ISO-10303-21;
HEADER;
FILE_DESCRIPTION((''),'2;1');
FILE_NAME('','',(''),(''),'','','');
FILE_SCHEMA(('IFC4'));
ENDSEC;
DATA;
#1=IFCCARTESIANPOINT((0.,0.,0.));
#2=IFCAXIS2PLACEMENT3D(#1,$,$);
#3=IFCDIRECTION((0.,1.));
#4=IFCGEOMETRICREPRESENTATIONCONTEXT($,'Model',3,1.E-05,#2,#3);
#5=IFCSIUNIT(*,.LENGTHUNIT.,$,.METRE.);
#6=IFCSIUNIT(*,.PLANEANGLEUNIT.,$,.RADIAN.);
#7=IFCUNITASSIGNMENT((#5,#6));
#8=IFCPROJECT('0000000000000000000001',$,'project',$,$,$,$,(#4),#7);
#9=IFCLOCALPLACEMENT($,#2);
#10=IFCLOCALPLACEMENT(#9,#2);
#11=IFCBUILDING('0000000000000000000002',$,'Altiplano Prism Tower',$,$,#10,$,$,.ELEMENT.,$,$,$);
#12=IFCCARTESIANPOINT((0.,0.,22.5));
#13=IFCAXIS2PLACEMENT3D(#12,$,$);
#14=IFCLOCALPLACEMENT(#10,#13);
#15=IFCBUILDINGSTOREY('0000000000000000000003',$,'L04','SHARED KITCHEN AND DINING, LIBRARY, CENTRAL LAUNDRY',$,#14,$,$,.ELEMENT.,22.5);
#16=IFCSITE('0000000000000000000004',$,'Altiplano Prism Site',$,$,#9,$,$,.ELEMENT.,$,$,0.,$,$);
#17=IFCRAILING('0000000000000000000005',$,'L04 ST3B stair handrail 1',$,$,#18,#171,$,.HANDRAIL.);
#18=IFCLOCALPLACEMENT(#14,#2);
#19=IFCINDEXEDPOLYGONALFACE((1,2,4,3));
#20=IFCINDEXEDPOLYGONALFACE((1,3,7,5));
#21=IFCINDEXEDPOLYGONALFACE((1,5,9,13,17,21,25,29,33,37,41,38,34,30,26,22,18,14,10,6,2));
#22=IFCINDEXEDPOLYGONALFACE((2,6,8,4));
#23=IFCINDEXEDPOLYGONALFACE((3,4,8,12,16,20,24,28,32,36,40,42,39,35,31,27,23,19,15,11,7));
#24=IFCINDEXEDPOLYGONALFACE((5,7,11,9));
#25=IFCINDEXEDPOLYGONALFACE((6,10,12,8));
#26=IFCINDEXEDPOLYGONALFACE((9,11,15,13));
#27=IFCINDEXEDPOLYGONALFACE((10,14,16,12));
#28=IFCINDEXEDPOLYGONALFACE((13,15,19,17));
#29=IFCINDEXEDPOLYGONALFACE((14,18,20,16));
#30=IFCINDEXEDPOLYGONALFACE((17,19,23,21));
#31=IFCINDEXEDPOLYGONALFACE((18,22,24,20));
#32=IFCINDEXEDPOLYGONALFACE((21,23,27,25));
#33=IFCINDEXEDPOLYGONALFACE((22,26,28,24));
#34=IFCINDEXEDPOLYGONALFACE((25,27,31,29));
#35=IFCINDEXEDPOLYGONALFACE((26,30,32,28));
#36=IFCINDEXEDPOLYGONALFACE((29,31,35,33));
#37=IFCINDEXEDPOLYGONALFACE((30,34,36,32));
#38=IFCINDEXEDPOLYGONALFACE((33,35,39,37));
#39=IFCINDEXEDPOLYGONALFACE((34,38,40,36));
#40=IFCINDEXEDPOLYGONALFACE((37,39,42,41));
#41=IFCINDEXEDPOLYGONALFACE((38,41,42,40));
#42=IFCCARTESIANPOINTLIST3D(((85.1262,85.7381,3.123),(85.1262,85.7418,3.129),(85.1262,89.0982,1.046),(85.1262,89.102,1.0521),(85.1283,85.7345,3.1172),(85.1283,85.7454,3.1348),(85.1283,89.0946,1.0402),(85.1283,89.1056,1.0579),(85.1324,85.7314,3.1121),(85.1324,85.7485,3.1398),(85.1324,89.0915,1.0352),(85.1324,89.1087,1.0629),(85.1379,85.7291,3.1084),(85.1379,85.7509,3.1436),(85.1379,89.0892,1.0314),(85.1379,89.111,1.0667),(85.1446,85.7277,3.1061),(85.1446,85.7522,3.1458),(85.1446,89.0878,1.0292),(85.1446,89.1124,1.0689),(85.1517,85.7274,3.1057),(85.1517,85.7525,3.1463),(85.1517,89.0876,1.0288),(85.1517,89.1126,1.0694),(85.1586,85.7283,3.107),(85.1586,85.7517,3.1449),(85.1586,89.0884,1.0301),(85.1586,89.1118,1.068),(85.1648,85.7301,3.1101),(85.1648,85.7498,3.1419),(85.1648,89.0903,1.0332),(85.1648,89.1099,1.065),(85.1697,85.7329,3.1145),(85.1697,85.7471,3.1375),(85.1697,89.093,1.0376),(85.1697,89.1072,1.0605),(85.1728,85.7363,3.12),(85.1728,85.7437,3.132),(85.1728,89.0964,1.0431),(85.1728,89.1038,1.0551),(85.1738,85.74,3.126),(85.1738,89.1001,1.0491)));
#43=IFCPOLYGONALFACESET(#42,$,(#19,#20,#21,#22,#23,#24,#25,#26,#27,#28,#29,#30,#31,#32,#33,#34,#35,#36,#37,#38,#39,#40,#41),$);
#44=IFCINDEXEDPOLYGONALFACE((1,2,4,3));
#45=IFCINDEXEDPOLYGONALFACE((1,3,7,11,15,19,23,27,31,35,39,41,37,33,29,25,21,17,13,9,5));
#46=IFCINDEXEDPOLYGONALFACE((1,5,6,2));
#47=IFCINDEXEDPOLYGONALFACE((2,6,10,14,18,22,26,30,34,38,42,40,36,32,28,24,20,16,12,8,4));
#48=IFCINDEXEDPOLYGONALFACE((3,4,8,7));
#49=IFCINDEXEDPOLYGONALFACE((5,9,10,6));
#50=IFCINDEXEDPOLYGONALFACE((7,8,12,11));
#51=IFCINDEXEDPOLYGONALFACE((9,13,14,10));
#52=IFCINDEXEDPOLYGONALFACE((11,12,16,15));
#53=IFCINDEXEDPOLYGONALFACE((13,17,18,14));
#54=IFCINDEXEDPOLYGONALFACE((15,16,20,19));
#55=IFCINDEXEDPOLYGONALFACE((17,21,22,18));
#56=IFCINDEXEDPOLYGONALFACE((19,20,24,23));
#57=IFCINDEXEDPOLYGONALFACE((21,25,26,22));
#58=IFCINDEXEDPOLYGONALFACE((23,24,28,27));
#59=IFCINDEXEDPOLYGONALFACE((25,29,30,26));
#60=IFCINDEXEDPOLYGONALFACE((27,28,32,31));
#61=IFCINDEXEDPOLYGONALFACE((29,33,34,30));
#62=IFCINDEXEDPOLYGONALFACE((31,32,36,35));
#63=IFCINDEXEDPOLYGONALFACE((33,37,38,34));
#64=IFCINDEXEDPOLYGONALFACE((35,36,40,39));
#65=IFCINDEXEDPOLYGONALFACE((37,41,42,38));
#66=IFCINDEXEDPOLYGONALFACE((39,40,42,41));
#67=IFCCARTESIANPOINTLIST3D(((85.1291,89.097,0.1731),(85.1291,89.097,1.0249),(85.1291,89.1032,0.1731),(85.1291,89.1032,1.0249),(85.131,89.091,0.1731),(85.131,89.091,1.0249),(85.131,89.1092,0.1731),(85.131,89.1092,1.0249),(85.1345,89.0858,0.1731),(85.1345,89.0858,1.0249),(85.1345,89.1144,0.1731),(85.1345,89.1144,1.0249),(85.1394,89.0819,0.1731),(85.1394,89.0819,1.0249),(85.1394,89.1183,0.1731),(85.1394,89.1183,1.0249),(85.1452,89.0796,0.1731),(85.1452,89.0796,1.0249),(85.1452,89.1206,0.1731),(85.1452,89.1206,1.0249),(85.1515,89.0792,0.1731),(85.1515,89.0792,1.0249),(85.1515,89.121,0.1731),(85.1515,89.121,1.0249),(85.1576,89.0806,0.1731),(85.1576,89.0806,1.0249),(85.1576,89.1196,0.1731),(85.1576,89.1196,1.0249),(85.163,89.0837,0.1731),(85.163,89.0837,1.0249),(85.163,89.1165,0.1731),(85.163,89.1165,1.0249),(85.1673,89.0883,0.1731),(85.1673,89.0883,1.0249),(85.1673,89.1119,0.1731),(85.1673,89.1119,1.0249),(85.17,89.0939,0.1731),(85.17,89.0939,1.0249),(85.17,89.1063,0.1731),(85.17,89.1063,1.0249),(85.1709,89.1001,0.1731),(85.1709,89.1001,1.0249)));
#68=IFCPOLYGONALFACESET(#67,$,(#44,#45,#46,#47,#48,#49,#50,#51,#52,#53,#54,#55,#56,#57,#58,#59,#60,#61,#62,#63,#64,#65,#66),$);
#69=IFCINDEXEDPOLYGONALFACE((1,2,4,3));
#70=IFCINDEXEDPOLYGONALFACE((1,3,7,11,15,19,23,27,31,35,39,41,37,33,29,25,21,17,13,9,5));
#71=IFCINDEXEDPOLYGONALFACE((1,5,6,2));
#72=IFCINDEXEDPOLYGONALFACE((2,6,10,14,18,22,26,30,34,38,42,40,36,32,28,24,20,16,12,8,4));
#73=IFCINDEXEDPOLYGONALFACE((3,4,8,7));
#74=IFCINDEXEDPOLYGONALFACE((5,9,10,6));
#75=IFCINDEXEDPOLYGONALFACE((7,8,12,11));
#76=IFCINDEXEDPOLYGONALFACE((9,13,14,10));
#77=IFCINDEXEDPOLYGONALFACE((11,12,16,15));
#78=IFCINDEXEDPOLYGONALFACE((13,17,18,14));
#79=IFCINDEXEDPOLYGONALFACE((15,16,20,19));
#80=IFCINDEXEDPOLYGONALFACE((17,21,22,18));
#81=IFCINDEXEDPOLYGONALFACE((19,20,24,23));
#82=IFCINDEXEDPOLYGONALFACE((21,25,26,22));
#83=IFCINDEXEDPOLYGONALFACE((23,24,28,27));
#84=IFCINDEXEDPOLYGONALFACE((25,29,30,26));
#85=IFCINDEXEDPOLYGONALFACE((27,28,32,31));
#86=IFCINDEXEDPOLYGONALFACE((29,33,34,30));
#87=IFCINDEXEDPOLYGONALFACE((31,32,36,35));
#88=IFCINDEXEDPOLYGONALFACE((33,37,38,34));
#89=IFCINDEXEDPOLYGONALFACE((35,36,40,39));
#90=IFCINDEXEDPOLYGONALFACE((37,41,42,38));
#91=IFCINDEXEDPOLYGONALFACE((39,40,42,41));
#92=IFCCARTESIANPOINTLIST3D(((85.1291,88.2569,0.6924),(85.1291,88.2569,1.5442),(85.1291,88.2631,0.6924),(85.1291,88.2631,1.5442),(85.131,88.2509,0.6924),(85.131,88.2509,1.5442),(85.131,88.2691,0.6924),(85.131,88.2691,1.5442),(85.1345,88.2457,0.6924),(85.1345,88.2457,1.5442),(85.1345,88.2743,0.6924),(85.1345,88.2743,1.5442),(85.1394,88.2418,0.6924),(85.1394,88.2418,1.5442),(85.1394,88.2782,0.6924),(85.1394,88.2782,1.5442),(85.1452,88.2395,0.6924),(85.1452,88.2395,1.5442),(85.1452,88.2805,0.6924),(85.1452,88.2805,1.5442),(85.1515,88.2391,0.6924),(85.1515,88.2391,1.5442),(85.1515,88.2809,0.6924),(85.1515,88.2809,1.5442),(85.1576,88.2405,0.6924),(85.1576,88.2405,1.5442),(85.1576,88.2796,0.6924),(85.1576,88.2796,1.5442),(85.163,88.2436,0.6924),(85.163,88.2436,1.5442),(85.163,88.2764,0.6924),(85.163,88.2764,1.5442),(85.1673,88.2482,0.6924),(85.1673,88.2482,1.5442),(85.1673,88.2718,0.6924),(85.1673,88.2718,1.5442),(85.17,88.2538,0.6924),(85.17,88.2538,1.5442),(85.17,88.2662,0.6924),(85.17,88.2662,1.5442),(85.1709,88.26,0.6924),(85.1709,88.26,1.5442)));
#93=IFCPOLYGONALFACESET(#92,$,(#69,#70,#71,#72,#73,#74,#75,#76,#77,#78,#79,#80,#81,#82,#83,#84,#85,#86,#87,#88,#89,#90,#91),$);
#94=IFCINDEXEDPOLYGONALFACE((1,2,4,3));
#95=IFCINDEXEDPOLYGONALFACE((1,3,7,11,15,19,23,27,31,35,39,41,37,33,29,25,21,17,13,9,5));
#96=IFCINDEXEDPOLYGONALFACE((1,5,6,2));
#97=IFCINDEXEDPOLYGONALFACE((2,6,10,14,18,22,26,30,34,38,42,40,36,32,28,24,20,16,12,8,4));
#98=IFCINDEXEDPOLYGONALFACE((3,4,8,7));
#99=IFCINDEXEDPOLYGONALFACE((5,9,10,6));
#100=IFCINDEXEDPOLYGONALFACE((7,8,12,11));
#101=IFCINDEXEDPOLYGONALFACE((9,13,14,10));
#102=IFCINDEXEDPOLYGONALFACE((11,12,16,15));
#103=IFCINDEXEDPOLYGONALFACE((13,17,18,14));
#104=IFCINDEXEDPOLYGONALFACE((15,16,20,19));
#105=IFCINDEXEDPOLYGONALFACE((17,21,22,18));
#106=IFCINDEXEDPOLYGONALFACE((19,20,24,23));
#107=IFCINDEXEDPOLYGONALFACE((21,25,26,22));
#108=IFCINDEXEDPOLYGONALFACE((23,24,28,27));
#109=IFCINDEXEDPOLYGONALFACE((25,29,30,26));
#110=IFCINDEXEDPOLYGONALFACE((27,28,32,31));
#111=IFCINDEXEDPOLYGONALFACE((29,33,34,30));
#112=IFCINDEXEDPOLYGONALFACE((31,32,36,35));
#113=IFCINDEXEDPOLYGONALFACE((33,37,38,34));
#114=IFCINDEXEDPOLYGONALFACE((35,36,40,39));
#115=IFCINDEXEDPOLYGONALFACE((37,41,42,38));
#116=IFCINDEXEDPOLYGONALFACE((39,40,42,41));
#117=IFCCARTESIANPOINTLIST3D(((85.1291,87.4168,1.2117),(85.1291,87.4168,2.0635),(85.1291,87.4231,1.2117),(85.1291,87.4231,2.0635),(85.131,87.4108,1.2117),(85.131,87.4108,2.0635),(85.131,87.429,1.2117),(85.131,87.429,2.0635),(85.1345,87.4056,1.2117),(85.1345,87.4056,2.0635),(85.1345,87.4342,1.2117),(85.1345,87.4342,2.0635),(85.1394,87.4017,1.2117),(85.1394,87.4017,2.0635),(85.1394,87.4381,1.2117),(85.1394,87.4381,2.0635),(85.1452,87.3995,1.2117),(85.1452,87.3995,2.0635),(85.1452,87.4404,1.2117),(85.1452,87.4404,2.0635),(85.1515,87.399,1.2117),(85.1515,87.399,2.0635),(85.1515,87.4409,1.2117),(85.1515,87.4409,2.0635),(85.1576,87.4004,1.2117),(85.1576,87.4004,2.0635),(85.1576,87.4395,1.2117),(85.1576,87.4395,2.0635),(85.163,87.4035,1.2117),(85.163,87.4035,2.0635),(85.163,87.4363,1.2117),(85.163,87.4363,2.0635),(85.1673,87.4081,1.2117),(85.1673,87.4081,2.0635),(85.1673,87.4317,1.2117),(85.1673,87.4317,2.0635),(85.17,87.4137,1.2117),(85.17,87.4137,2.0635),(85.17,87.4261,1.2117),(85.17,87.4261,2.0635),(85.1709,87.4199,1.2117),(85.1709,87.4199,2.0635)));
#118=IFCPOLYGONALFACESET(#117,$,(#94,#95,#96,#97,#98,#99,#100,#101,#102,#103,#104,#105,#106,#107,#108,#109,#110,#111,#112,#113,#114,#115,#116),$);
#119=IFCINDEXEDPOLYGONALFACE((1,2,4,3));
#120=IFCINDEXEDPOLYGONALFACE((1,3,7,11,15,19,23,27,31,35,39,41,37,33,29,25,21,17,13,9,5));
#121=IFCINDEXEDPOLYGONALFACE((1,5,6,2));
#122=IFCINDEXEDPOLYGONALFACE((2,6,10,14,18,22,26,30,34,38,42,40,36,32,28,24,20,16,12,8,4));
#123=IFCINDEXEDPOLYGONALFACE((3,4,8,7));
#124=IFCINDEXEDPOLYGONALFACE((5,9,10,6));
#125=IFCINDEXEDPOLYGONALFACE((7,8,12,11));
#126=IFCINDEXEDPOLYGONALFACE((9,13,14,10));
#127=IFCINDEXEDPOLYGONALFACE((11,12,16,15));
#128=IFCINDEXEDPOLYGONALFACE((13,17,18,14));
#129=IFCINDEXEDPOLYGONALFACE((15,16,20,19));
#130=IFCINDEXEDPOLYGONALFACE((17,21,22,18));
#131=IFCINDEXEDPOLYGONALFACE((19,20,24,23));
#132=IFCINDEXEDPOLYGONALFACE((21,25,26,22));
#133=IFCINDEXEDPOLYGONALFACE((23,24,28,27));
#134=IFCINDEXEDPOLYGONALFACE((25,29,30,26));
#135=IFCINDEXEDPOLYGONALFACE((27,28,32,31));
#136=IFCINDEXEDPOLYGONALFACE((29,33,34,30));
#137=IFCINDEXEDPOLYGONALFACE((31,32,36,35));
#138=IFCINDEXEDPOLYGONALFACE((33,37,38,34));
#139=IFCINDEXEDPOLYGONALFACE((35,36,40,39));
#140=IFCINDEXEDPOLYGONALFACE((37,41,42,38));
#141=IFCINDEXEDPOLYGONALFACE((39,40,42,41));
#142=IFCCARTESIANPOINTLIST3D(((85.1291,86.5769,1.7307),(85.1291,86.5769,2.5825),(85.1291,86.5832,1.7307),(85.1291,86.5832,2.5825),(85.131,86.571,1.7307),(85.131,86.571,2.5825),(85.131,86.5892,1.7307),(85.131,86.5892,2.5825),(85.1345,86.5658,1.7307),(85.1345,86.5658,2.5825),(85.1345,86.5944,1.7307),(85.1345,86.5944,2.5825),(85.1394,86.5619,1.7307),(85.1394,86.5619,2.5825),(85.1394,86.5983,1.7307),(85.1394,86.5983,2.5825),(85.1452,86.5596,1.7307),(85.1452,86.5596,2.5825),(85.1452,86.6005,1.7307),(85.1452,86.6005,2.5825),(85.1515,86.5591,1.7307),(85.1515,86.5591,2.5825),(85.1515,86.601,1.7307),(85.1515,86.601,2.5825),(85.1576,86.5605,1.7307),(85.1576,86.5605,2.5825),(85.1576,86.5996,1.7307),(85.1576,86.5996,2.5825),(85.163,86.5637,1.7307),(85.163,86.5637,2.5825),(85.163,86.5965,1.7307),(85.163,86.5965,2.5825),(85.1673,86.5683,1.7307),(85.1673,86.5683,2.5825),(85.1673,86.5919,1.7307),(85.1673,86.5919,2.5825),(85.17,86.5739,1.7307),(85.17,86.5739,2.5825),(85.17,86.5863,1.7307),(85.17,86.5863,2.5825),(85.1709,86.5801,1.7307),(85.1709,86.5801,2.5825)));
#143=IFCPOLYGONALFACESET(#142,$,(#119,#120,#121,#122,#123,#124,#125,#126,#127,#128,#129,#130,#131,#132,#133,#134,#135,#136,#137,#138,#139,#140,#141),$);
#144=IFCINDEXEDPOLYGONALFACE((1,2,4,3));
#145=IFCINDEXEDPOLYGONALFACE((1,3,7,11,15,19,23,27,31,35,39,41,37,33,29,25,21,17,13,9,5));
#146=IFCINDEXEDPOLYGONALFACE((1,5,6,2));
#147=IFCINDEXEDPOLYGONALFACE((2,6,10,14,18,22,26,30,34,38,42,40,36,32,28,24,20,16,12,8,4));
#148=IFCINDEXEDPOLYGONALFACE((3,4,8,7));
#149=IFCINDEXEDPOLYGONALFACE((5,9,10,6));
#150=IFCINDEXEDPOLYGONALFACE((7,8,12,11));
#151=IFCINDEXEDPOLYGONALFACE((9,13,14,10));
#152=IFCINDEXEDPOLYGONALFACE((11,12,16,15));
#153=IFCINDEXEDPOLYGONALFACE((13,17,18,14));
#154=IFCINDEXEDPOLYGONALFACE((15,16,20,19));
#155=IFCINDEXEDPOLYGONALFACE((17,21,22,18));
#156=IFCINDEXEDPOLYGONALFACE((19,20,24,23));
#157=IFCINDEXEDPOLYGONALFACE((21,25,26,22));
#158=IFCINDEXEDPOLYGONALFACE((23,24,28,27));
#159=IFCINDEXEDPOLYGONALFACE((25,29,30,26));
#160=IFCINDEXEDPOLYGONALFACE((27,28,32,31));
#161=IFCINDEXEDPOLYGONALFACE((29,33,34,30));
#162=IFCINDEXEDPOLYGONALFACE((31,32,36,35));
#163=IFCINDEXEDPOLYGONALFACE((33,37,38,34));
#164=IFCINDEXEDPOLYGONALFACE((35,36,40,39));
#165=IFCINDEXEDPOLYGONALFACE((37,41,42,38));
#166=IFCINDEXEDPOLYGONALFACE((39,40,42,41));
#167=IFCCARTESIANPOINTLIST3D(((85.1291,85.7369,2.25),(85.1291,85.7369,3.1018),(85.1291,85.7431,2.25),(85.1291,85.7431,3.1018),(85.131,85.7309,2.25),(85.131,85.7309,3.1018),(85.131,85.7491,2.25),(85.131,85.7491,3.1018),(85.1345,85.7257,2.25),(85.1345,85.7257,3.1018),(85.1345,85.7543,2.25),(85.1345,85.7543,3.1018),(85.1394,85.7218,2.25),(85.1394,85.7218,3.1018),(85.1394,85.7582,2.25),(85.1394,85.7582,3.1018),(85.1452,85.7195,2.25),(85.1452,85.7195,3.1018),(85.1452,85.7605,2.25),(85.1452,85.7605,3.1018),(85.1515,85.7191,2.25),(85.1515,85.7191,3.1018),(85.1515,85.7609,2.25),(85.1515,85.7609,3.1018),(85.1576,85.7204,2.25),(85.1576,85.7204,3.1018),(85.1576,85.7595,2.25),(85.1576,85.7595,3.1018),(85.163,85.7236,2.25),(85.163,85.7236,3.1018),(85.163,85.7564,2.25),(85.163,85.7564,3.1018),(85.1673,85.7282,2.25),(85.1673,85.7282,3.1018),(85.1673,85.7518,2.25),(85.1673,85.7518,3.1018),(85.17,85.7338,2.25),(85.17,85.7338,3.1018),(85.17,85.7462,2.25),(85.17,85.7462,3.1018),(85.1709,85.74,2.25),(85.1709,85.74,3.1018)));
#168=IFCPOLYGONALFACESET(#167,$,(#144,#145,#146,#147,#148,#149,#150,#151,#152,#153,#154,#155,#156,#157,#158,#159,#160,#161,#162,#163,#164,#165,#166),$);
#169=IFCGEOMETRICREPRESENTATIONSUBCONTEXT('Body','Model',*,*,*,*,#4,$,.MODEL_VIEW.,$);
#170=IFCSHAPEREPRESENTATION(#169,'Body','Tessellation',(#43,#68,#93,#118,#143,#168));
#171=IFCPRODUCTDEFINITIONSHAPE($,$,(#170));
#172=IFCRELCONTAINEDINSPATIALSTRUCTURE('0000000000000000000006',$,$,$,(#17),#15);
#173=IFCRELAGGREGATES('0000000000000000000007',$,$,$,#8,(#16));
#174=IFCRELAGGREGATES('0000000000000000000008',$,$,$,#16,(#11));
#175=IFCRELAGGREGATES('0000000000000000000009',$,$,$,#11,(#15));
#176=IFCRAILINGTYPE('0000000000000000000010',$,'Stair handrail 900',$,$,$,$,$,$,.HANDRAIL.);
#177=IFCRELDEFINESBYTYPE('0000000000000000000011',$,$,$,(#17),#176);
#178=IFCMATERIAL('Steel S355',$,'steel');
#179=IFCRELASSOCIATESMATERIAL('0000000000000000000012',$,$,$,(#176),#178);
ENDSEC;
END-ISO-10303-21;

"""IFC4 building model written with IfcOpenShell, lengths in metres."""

from ifc_helpers import new_model, si_unit, direction, frame, origin, origin_2d, place, context, subcontext, project, spatial, circle, extrude, material, type_object, element, save


model = new_model("IFC4")

# Units and contexts
model_context = context("Model", 3, precision=1e-05, world=origin(), true_north=direction((0.0, 1.0)))
body_context = subcontext(model_context, "Body", "Model", "MODEL_VIEW")
ifc_project = project(units=[si_unit("LENGTHUNIT", "METRE"), si_unit("PLANEANGLEUNIT", "RADIAN")], contexts=[model_context])

# Site, building, storey
site_placement = place(None, origin())
site = spatial("IfcSite", under=ifc_project, at=site_placement, Name="Altiplano Prism Site", CompositionType="ELEMENT", RefElevation=0.0)
building_placement = place(site_placement, origin())
building = spatial("IfcBuilding", under=site, at=building_placement, Name="Altiplano Prism Tower", CompositionType="ELEMENT")
storey_placement = place(building_placement, frame((0.0, 0.0, 22.5)))
storey = spatial("IfcBuildingStorey", under=building, at=storey_placement, Name="L04", Description="SHARED KITCHEN AND DINING, LIBRARY, CENTRAL LAUNDRY", CompositionType="ELEMENT", Elevation=22.5)

# Railing
ifc_material_1 = material(Name="Steel S355", Category="steel")
railing_type_1 = type_object("IfcRailingType", Name="Stair handrail 900", PredefinedType="HANDRAIL", material=ifc_material_1)
railing_1_placement = place(storey_placement, frame((85.1499, 89.1001, 0.1731)))
element("IfcRailing", 1, at=railing_1_placement, inside=storey, type_object=railing_type_1, Name="L04 ST3B stair handrail 1", PredefinedType="HANDRAIL", context=body_context, shape_type="SweptSolid", body=[
    extrude(circle(Radius=0.0239, at=origin_2d()), frame((0.0, 0.0, 0.876), z_axis=(0.0, -0.850623, 0.525776), x_axis=(1.0, 0.0, 0.0)), (0.0, 0.0, 1.0), 3.9502),
    extrude(circle(Radius=0.021, at=origin_2d()), origin(), (0.0, 0.0, 1.0), 0.8518),
    extrude(circle(Radius=0.021, at=origin_2d()), frame((0.0, -0.8401, 0.5193)), (0.0, 0.0, 1.0), 0.8518),
    extrude(circle(Radius=0.021, at=origin_2d()), frame((0.0, -1.6802, 1.0386)), (0.0, 0.0, 1.0), 0.8518),
    extrude(circle(Radius=0.021, at=origin_2d()), frame((0.0, -2.52, 1.5576)), (0.0, 0.0, 1.0), 0.8518),
    extrude(circle(Radius=0.021, at=origin_2d()), frame((0.0, -3.3601, 2.0769)), (0.0, 0.0, 1.0), 0.8518),
])

save(model, "model.ifc")
